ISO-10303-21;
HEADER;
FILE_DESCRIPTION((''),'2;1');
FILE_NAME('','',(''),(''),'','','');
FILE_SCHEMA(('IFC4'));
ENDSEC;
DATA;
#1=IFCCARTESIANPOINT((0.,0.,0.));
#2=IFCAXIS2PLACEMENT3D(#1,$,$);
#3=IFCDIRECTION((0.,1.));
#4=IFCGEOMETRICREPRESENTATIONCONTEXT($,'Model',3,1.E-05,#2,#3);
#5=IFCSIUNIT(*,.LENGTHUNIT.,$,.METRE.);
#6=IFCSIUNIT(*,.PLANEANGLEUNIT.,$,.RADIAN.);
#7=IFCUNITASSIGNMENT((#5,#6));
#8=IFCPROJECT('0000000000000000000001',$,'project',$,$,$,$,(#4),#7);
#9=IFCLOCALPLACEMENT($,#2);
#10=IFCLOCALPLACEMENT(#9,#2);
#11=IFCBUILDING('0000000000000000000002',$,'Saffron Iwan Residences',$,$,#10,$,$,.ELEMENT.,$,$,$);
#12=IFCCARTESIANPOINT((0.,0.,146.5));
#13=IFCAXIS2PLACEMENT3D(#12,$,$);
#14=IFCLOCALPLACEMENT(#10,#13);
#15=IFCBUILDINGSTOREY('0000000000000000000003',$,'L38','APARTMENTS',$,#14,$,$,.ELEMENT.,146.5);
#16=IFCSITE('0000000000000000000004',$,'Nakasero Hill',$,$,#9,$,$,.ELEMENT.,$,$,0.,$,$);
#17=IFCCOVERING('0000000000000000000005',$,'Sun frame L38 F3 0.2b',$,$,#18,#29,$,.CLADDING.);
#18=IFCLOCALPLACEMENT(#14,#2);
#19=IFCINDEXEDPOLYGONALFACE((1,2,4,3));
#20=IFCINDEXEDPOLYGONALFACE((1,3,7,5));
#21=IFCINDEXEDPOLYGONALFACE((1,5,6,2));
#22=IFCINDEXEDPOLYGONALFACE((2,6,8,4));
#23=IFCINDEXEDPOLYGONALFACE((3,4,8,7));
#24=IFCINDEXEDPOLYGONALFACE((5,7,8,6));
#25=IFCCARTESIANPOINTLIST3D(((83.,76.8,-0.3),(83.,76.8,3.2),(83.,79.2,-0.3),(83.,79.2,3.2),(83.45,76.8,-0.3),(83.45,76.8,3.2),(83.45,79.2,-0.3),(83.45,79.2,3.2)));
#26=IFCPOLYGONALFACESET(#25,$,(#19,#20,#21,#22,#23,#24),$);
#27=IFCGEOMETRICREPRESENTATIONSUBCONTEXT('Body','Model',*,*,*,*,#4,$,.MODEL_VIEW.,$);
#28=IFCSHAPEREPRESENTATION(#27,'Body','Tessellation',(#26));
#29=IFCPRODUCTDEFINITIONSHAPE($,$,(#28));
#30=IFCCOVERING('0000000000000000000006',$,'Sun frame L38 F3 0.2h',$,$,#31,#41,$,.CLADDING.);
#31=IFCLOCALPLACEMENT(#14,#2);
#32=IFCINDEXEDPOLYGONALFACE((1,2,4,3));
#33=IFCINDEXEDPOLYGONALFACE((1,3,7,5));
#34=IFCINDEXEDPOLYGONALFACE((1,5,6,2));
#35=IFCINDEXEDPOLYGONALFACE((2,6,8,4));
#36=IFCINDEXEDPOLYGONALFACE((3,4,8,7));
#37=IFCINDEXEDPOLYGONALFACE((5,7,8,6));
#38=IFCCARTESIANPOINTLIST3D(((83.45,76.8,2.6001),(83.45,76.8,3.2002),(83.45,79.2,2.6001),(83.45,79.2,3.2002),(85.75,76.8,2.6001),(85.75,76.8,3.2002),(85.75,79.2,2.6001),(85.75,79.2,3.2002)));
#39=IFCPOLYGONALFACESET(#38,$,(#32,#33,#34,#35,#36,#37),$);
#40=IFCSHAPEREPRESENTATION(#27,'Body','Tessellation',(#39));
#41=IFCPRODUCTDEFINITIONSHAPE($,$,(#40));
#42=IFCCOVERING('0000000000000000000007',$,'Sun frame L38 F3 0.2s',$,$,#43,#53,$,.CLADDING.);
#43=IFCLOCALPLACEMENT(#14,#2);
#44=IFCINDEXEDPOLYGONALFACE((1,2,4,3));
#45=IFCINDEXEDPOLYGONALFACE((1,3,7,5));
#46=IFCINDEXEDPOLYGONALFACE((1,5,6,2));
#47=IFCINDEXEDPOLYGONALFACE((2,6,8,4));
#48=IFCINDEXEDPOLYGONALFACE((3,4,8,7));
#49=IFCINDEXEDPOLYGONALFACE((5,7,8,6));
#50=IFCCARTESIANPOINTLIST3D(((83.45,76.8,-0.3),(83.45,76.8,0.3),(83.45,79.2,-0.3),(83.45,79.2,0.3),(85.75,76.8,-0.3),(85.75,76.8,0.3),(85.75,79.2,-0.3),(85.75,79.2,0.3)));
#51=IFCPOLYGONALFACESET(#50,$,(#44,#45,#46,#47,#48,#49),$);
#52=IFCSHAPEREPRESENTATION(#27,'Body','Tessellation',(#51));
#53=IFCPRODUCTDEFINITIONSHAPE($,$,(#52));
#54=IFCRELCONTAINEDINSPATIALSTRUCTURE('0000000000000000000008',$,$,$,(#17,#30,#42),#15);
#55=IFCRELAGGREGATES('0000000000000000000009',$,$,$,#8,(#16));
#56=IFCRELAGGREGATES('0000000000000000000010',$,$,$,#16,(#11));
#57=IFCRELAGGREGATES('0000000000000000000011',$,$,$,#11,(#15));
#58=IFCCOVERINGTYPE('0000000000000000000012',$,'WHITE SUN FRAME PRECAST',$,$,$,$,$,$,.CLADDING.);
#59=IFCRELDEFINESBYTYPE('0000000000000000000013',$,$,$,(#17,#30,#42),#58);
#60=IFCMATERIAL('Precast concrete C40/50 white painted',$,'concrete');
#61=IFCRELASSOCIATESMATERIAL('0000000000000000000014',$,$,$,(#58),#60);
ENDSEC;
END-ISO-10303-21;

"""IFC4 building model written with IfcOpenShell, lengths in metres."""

from ifc_helpers import new_model, si_unit, direction, frame, origin, place, context, subcontext, project, spatial, polyline, outline, extrude, material, type_object, element, save


model = new_model("IFC4")

# Units and contexts
model_context = context("Model", 3, precision=1e-05, world=origin(), true_north=direction((0.0, 1.0)))
body_context = subcontext(model_context, "Body", "Model", "MODEL_VIEW")
ifc_project = project(units=[si_unit("LENGTHUNIT", "METRE"), si_unit("PLANEANGLEUNIT", "RADIAN")], contexts=[model_context])

# Site, building, storey
site_placement = place(None, origin())
site = spatial("IfcSite", under=ifc_project, at=site_placement, Name="Nakasero Hill", CompositionType="ELEMENT", RefElevation=0.0)
building_placement = place(site_placement, origin())
building = spatial("IfcBuilding", under=site, at=building_placement, Name="Saffron Iwan Residences", CompositionType="ELEMENT")
storey_placement = place(building_placement, frame((0.0, 0.0, 146.5)))
storey = spatial("IfcBuildingStorey", under=building, at=storey_placement, Name="L38", Description="APARTMENTS", CompositionType="ELEMENT", Elevation=146.5)

# Coverings
ifc_material_1 = material(Name="Precast concrete C40/50 white painted", Category="concrete")
covering_type_1 = type_object("IfcCoveringType", Name="WHITE SUN FRAME PRECAST", PredefinedType="CLADDING", material=ifc_material_1)
for number, where, z_axis, x_axis, name in (
    (1, (83.45, 76.8, -0.3), (0.0, 1.0, 0.0), (-1.0, 0.0, 0.0), "Sun frame L38 F3 0.2b"),
):
    element("IfcCovering", number, at=place(storey_placement, frame(where, z_axis=z_axis, x_axis=x_axis)), inside=storey, type_object=covering_type_1, Name=name, PredefinedType="CLADDING", context=body_context, shape_type="SweptSolid", body=[
        extrude(outline(polyline([(0.0, 0.0), (0.45, 0.0), (0.45, 3.5), (0.0, 3.5), (0.0, 0.0)])), origin(), (0.0, 0.0, 1.0), 2.3999),
    ])
for number, where, z_axis, x_axis, name in (
    (2, (85.75, 76.8, 2.6001), (0.0, 1.0, 0.0), (-1.0, 0.0, 0.0), "Sun frame L38 F3 0.2h"),
    (3, (85.75, 76.8, -0.3), (0.0, 1.0, 0.0), (-1.0, 0.0, 0.0), "Sun frame L38 F3 0.2s"),
):
    element("IfcCovering", number, at=place(storey_placement, frame(where, z_axis=z_axis, x_axis=x_axis)), inside=storey, type_object=covering_type_1, Name=name, PredefinedType="CLADDING", context=body_context, shape_type="SweptSolid", body=[
        extrude(outline(polyline([(0.0, 0.0), (2.3, 0.0), (2.3, 0.6001), (0.0, 0.6001), (0.0, 0.0)])), origin(), (0.0, 0.0, 1.0), 2.3999),
    ])

save(model, "model.ifc")
